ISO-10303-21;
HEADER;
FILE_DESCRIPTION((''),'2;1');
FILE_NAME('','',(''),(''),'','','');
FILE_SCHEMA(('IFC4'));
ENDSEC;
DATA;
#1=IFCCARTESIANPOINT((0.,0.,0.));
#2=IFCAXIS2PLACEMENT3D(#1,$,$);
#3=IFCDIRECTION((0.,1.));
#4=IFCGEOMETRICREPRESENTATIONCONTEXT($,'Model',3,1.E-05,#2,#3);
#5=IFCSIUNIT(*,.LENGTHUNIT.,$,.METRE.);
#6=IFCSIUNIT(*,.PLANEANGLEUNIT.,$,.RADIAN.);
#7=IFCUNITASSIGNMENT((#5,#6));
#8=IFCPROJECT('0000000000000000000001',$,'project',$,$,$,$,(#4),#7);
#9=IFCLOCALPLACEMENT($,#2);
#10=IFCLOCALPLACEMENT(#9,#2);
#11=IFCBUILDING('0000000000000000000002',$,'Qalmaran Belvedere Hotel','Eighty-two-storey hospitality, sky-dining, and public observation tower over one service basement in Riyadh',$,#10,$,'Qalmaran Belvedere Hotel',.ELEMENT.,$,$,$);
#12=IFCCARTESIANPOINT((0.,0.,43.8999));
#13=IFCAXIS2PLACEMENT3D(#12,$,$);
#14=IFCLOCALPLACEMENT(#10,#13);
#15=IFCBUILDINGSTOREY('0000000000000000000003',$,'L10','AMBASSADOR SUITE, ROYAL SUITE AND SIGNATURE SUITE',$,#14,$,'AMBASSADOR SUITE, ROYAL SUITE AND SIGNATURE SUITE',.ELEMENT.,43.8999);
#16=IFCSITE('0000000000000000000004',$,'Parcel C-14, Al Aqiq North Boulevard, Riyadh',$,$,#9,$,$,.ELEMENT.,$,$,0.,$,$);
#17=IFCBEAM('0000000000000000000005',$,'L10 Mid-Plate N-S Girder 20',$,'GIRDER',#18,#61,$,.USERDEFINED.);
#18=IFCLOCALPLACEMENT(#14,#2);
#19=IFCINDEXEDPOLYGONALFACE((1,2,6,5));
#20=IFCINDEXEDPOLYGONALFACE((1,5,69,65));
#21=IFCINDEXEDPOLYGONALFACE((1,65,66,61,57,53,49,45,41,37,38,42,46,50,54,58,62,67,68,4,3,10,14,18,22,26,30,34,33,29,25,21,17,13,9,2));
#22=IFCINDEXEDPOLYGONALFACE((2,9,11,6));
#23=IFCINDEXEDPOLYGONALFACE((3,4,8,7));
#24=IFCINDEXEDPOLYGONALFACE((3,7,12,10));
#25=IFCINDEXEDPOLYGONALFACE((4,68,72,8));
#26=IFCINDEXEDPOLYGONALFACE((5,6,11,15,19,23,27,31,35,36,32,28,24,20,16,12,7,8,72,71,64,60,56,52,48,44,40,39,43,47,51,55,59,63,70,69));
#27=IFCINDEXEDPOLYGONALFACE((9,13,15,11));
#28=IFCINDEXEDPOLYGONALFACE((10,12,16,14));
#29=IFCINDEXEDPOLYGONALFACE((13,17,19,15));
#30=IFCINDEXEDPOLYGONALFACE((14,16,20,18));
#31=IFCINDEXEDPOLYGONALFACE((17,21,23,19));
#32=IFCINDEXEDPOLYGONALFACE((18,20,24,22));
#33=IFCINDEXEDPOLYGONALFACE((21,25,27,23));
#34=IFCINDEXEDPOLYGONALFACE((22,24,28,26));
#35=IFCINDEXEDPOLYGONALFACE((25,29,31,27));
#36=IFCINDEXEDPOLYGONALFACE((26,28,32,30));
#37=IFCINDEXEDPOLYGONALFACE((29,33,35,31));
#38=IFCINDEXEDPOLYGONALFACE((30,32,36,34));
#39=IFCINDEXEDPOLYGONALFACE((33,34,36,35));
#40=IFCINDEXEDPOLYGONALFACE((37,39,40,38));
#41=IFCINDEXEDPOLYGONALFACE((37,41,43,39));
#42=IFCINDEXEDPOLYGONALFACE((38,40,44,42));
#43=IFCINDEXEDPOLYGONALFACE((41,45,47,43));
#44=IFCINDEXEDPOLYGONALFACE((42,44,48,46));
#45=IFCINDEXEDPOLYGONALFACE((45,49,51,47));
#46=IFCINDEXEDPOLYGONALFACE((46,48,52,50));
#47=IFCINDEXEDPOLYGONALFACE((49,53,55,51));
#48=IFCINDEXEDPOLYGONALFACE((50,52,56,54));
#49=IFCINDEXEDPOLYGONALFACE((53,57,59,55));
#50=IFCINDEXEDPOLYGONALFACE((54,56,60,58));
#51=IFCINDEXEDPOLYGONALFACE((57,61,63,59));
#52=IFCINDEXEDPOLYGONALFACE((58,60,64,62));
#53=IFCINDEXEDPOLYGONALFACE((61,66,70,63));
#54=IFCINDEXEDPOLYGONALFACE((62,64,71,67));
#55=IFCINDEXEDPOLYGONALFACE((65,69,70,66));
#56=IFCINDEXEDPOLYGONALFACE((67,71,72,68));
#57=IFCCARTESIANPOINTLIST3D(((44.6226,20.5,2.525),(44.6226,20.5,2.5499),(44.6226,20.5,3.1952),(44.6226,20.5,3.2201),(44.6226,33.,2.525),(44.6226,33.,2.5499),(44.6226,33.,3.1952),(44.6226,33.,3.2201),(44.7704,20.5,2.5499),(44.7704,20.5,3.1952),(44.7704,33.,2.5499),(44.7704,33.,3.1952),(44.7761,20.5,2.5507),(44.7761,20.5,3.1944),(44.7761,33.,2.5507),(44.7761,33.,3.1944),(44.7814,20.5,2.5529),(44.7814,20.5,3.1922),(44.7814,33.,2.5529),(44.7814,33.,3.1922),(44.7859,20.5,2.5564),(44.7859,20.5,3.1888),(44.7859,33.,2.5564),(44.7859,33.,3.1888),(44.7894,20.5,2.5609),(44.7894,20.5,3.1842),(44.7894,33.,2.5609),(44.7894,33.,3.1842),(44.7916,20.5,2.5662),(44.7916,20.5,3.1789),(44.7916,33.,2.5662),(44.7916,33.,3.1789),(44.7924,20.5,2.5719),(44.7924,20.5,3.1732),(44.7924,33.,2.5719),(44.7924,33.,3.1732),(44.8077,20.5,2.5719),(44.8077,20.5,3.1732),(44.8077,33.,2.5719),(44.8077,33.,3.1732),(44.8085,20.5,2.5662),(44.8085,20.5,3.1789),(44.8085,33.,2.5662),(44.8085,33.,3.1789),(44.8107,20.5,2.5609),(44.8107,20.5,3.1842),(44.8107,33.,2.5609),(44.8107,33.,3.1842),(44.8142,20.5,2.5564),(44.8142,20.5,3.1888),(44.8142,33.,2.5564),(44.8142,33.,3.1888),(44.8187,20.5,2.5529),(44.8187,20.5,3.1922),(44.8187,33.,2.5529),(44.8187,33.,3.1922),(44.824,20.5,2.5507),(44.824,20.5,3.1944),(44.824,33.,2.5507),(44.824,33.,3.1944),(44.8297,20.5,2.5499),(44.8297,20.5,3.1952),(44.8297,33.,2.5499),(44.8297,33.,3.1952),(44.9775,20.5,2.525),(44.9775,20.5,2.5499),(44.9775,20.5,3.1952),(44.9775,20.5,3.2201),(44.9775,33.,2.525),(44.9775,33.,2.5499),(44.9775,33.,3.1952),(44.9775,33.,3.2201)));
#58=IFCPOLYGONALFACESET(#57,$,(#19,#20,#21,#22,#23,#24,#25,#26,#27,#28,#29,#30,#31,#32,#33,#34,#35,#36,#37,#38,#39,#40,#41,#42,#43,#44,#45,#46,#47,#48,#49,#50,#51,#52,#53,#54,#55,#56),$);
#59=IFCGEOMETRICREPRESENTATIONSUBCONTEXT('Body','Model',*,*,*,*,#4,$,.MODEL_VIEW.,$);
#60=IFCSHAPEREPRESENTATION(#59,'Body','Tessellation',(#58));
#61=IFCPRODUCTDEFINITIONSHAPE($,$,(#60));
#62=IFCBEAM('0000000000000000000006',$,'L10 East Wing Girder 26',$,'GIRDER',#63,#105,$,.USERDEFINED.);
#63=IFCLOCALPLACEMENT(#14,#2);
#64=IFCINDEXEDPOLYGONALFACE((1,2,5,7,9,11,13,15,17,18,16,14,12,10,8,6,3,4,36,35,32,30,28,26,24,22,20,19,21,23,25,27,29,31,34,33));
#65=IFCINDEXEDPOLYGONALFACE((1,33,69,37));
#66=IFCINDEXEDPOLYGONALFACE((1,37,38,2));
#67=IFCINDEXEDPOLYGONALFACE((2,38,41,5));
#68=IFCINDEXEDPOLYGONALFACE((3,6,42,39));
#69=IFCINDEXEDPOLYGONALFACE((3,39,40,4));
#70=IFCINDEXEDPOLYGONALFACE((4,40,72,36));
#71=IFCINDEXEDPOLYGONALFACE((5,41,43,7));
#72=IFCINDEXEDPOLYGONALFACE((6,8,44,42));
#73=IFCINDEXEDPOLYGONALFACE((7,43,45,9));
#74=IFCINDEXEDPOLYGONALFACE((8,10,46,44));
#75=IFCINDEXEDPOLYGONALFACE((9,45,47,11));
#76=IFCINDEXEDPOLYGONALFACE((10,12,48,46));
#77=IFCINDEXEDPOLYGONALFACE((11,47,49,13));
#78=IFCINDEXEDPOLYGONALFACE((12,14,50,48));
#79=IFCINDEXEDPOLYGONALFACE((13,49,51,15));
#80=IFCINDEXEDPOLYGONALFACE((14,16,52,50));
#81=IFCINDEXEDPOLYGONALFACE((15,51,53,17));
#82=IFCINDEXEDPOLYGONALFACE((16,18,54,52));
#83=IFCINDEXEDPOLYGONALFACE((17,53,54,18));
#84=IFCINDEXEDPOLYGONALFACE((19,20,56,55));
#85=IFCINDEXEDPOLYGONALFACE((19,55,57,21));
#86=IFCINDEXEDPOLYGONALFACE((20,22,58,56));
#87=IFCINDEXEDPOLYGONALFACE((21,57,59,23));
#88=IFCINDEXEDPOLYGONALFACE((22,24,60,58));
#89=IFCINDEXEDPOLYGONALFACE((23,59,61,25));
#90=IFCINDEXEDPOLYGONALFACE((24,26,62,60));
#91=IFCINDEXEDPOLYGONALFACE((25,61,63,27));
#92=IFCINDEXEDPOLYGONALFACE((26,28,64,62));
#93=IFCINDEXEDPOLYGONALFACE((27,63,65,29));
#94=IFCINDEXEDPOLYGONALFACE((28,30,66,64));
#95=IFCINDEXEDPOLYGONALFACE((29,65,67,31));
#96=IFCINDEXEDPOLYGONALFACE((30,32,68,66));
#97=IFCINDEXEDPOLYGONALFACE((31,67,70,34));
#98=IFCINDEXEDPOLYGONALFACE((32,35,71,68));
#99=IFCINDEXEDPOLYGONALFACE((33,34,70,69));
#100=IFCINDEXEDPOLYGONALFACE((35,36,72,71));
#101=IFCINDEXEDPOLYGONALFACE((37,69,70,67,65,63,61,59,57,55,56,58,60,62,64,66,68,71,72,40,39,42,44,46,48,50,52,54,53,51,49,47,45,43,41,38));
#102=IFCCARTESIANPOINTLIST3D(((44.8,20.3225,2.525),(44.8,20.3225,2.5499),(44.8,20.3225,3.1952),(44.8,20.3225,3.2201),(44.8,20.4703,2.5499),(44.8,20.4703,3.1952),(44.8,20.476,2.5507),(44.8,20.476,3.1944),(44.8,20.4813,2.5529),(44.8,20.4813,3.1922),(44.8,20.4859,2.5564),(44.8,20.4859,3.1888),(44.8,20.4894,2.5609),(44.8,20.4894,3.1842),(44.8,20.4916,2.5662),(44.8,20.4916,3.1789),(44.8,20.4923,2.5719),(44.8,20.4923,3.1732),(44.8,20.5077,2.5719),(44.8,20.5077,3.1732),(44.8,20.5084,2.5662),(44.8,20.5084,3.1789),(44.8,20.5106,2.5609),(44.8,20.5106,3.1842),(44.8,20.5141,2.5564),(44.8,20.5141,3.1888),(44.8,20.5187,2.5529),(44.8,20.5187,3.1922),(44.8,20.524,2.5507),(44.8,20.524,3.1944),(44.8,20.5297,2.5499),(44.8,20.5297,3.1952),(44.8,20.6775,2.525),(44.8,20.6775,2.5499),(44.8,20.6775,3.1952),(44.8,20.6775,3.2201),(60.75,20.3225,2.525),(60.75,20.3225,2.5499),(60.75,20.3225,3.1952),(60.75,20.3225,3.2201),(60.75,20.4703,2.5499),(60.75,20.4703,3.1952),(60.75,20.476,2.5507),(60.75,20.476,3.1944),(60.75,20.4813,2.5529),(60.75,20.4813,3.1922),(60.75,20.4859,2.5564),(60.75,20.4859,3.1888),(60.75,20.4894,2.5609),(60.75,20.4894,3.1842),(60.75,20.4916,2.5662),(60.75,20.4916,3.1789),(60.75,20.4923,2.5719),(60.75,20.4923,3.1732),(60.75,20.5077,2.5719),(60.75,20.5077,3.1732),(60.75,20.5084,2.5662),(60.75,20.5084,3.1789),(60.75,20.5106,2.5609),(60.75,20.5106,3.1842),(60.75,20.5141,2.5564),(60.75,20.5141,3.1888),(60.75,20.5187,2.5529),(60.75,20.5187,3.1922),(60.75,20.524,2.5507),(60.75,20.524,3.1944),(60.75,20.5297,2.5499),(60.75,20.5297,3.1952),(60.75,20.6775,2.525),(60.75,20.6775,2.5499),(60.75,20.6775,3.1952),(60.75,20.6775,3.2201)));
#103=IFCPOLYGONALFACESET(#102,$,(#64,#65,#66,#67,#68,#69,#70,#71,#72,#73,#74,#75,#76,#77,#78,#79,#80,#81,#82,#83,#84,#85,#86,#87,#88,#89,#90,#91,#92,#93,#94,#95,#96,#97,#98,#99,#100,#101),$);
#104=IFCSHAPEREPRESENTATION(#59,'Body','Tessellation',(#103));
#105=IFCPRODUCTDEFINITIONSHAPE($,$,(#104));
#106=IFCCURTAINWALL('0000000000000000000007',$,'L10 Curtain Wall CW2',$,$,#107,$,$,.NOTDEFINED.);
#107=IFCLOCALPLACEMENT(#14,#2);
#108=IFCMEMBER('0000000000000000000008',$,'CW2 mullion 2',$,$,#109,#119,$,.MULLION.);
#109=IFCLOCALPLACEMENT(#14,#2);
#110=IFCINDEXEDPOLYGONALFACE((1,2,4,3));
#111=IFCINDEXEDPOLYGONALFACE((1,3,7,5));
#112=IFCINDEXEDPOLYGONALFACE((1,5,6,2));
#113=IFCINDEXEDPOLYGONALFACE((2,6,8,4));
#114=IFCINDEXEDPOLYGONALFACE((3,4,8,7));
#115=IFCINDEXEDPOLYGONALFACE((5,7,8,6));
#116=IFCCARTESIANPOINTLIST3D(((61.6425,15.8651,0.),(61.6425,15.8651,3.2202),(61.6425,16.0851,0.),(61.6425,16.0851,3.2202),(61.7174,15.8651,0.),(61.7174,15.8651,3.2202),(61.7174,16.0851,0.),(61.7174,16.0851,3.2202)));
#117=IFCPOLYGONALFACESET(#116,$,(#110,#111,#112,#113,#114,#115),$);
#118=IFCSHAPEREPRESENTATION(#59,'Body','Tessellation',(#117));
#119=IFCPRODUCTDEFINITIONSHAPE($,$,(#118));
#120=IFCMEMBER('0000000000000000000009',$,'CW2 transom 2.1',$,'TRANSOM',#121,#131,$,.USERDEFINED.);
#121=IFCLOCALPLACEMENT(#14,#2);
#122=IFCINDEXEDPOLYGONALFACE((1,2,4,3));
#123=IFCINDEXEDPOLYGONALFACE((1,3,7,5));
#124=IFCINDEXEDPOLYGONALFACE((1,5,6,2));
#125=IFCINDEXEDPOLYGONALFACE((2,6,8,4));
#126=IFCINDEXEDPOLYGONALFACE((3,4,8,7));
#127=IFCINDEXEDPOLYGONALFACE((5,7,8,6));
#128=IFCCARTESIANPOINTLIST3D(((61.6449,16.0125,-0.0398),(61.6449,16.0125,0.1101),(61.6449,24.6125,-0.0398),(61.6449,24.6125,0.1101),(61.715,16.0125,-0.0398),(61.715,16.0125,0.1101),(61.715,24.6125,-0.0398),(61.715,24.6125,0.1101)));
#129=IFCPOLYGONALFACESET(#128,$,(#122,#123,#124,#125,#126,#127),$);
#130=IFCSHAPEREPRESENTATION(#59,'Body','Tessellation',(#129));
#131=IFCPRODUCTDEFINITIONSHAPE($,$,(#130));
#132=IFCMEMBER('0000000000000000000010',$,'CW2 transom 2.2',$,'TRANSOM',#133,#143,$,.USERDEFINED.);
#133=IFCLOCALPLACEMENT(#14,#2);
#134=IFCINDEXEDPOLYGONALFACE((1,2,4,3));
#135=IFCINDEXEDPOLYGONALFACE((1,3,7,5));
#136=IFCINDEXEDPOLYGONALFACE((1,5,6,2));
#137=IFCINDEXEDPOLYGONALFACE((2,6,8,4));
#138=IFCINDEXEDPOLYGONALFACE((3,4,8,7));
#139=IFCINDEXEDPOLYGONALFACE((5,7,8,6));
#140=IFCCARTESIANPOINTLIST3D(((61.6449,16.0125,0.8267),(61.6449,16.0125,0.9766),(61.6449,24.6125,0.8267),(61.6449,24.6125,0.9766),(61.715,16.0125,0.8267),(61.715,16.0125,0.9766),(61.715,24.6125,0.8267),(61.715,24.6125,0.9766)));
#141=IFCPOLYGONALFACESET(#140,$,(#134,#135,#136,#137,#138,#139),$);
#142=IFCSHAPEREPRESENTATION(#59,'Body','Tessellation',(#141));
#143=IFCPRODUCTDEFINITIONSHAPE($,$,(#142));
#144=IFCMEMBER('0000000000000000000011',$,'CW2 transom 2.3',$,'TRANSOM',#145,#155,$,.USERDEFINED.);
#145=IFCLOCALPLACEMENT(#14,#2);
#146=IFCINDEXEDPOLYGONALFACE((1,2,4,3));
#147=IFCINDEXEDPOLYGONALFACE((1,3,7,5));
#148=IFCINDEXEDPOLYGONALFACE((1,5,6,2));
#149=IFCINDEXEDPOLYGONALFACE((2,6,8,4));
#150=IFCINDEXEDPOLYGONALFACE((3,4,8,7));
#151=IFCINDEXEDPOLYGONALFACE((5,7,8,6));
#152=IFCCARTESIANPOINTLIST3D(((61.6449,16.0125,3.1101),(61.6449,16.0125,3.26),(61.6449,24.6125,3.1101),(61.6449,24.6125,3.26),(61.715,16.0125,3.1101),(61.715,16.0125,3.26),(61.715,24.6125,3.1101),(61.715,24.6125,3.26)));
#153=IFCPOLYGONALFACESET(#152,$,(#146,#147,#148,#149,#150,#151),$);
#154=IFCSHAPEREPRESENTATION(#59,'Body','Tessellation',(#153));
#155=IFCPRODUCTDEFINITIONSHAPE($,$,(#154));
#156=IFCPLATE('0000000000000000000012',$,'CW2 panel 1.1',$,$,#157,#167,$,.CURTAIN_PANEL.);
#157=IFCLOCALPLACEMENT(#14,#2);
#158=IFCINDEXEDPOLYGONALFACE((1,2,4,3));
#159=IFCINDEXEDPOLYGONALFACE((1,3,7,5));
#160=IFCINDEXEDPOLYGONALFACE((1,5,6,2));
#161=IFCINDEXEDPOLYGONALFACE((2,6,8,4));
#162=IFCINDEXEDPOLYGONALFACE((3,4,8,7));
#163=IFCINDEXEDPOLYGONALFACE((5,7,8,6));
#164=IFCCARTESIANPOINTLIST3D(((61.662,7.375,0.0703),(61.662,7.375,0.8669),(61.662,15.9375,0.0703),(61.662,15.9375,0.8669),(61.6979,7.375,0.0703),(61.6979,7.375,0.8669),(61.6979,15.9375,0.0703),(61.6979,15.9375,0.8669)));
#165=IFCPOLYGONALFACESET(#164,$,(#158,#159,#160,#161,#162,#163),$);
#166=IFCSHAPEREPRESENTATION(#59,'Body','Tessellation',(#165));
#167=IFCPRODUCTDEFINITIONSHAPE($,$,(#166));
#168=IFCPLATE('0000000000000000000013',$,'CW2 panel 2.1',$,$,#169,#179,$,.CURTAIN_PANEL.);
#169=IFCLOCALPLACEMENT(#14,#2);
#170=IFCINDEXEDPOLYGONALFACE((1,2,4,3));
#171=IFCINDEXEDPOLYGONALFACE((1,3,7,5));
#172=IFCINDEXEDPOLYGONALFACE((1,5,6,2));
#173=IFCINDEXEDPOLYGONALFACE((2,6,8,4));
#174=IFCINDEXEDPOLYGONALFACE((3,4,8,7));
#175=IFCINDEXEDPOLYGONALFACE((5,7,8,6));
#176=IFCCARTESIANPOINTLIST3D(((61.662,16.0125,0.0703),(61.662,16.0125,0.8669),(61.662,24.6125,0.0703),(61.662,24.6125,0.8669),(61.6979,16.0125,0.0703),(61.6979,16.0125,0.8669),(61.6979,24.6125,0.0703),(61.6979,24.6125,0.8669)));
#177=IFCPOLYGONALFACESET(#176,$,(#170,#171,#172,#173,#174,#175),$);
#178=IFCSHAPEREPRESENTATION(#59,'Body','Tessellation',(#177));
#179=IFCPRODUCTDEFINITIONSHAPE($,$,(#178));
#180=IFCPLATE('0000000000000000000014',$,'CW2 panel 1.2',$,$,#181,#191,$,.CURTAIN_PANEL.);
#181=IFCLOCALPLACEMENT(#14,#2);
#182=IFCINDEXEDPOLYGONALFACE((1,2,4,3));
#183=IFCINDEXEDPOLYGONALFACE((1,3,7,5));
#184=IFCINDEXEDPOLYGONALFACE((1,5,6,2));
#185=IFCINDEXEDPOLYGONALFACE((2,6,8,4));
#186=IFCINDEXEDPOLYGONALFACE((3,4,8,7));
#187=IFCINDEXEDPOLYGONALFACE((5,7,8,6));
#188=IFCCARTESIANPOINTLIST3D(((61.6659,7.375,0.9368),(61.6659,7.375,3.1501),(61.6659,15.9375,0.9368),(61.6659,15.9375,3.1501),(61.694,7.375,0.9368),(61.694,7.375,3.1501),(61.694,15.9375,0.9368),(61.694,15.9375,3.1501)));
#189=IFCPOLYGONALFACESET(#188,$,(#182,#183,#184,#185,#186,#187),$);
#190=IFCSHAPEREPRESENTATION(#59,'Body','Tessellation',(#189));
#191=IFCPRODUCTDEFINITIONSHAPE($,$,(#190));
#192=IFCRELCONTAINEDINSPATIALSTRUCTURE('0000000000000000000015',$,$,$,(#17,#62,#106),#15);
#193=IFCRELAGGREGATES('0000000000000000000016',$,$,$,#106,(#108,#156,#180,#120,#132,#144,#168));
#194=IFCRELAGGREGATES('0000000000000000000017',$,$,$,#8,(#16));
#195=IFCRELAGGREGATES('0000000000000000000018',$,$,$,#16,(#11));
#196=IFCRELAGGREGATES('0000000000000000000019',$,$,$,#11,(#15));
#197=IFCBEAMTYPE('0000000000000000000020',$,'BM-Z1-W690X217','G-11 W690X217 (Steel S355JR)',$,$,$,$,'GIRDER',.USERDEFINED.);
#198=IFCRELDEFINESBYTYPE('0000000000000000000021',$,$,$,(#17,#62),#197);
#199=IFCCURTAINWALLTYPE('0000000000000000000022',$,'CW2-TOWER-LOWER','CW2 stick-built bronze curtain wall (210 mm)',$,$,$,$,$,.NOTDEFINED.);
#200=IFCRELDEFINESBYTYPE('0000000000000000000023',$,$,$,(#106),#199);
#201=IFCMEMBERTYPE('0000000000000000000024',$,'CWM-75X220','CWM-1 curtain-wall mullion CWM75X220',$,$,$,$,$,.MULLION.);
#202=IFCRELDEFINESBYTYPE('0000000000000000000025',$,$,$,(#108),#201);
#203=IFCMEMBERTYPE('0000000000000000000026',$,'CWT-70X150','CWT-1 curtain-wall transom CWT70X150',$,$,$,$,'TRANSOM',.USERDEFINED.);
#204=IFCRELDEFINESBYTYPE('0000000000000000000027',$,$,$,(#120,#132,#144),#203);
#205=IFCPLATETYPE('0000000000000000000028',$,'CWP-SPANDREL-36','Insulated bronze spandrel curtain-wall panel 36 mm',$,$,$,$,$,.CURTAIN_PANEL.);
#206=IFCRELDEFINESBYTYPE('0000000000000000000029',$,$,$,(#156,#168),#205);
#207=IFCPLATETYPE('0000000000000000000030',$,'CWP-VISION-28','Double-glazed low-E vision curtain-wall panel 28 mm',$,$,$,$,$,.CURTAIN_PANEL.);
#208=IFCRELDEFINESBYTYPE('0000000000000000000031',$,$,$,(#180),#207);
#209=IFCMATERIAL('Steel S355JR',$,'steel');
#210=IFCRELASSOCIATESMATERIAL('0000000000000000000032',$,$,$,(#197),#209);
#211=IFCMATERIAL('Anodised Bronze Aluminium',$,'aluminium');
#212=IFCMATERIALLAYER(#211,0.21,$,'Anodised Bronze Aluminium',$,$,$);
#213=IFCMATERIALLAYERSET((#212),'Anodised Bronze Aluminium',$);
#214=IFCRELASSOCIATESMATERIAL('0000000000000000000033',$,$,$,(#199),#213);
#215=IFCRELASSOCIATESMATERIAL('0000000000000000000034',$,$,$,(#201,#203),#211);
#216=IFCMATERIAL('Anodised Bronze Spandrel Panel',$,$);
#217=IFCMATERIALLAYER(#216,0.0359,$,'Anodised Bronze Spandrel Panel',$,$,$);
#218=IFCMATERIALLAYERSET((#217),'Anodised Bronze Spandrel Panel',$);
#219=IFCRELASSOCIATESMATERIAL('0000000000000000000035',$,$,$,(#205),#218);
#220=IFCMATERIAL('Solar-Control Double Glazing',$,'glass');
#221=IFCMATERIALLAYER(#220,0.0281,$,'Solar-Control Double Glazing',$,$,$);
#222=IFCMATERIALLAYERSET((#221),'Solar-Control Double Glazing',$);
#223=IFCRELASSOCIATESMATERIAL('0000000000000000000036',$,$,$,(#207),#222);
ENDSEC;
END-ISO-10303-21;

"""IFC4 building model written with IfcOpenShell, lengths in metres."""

from ifc_helpers import new_model, si_unit, direction, frame, origin, origin_2d, place, context, subcontext, project, spatial, rectangle, i_section, extrude, material, layer, layer_set, material_profile, profile_set, type_object, element, aggregate, save


model = new_model("IFC4")

# Units and contexts
model_context = context("Model", 3, precision=1e-05, world=origin(), true_north=direction((0.0, 1.0)))
body_context = subcontext(model_context, "Body", "Model", "MODEL_VIEW")
ifc_project = project(units=[si_unit("LENGTHUNIT", "METRE"), si_unit("PLANEANGLEUNIT", "RADIAN")], contexts=[model_context])

# Site, building, storey
site_placement = place(None, origin())
site = spatial("IfcSite", under=ifc_project, at=site_placement, Name="Parcel C-14, Al Aqiq North Boulevard, Riyadh", CompositionType="ELEMENT", RefElevation=0.0)
building_placement = place(site_placement, origin())
building = spatial("IfcBuilding", under=site, at=building_placement, Name="Qalmaran Belvedere Hotel", Description="Eighty-two-storey hospitality, sky-dining, and public observation tower over one service basement in Riyadh", LongName="Qalmaran Belvedere Hotel", CompositionType="ELEMENT")
storey_placement = place(building_placement, frame((0.0, 0.0, 43.8999)))
storey = spatial("IfcBuildingStorey", under=building, at=storey_placement, Name="L10", Description="AMBASSADOR SUITE, ROYAL SUITE AND SIGNATURE SUITE", LongName="AMBASSADOR SUITE, ROYAL SUITE AND SIGNATURE SUITE", CompositionType="ELEMENT", Elevation=43.8999)

# Beams
ifc_material_1 = material(Name="Steel S355JR", Category="steel")
ifc_material_profile_1 = material_profile(ifc_material_1, i_section(OverallWidth=0.355, OverallDepth=0.6951, WebThickness=0.0154, FlangeThickness=0.0249, FilletRadius=0.022, at=origin_2d()), Name="W690X217")
ifc_profile_set_1 = profile_set([ifc_material_profile_1], Name="Steel S355JR")
beam_type_1 = type_object("IfcBeamType", Name="BM-Z1-W690X217", Description="G-11 W690X217 (Steel S355JR)", ElementType="GIRDER", PredefinedType="USERDEFINED", material=ifc_profile_set_1)
beam_1_placement = place(storey_placement, frame((44.8, 20.5, 2.8726), z_axis=(0.0, 1.0, 0.0), x_axis=(-1.0, 0.0, 0.0)))
element("IfcBeam", 1, at=beam_1_placement, inside=storey, type_object=beam_type_1, Name="L10 Mid-Plate N-S Girder 20", ObjectType="GIRDER", PredefinedType="USERDEFINED", context=body_context, shape_type="SweptSolid", body=[
    extrude(i_section(OverallWidth=0.355, OverallDepth=0.6951, WebThickness=0.0154, FlangeThickness=0.0249, FilletRadius=0.022, at=origin_2d()), origin(), (0.0, 0.0, 1.0), 12.5),
])
beam_2_placement = place(storey_placement, frame((44.8, 20.5, 2.8726), z_axis=(1.0, 0.0, 0.0), x_axis=(0.0, 1.0, 0.0)))
element("IfcBeam", 2, at=beam_2_placement, inside=storey, type_object=beam_type_1, Name="L10 East Wing Girder 26", ObjectType="GIRDER", PredefinedType="USERDEFINED", context=body_context, shape_type="SweptSolid", body=[
    extrude(i_section(OverallWidth=0.355, OverallDepth=0.6951, WebThickness=0.0154, FlangeThickness=0.0249, FilletRadius=0.022, at=origin_2d()), origin(), (0.0, 0.0, 1.0), 15.95),
])

# Curtain wall, members, plates
ifc_material_2 = material(Name="Anodised Bronze Aluminium", Category="aluminium")
ifc_layer_1 = layer(ifc_material_2, 0.21, Name="Anodised Bronze Aluminium")
ifc_layer_set_1 = layer_set([ifc_layer_1], Name="Anodised Bronze Aluminium")
curtain_wall_type = type_object("IfcCurtainWallType", Name="CW2-TOWER-LOWER", Description="CW2 stick-built bronze curtain wall (210 mm)", PredefinedType="NOTDEFINED", material=ifc_layer_set_1)
curtain_wall_placement = place(storey_placement, origin())
curtain_wall = element("IfcCurtainWall", 3, at=curtain_wall_placement, inside=storey, type_object=curtain_wall_type, Name="L10 Curtain Wall CW2", PredefinedType="NOTDEFINED")
ifc_material_profile_2 = material_profile(ifc_material_2, rectangle(XDim=0.075, YDim=0.22, at=origin_2d()), Name="CWM75X220")
ifc_profile_set_2 = profile_set([ifc_material_profile_2], Name="Anodised Bronze Aluminium")
member_type_1 = type_object("IfcMemberType", Name="CWM-75X220", Description="CWM-1 curtain-wall mullion CWM75X220", PredefinedType="MULLION", material=ifc_profile_set_2)
member_1_placement = place(storey_placement, frame((61.6799, 15.9751, 0.0), z_axis=(0.0, 0.0, 1.0), x_axis=(-1.0, 0.0, 0.0)))
member_1 = element("IfcMember", 4, at=member_1_placement, type_object=member_type_1, Name="CW2 mullion 2", PredefinedType="MULLION", context=body_context, shape_type="SweptSolid", body=[
    extrude(rectangle(XDim=0.075, YDim=0.22, at=origin_2d()), origin(), (0.0, 0.0, 1.0), 3.2202),
])
ifc_material_profile_3 = material_profile(ifc_material_2, rectangle(XDim=0.0701, YDim=0.1499, at=origin_2d()), Name="CWT70X150")
ifc_profile_set_3 = profile_set([ifc_material_profile_3], Name="Anodised Bronze Aluminium")
member_type_2 = type_object("IfcMemberType", Name="CWT-70X150", Description="CWT-1 curtain-wall transom CWT70X150", ElementType="TRANSOM", PredefinedType="USERDEFINED", material=ifc_profile_set_3)
member_2_placement = place(storey_placement, frame((61.6799, 16.0125, 0.0352), z_axis=(0.0, 1.0, 0.0), x_axis=(-1.0, 0.0, 0.0)))
member_2 = element("IfcMember", 5, at=member_2_placement, type_object=member_type_2, Name="CW2 transom 2.1", ObjectType="TRANSOM", PredefinedType="USERDEFINED", context=body_context, shape_type="SweptSolid", body=[
    extrude(rectangle(XDim=0.0701, YDim=0.1499, at=origin_2d()), origin(), (0.0, 0.0, 1.0), 8.6001),
])
member_3_placement = place(storey_placement, frame((61.6799, 16.0125, 0.9016), z_axis=(0.0, 1.0, 0.0), x_axis=(-1.0, 0.0, 0.0)))
member_3 = element("IfcMember", 6, at=member_3_placement, type_object=member_type_2, Name="CW2 transom 2.2", ObjectType="TRANSOM", PredefinedType="USERDEFINED", context=body_context, shape_type="SweptSolid", body=[
    extrude(rectangle(XDim=0.0701, YDim=0.1499, at=origin_2d()), origin(), (0.0, 0.0, 1.0), 8.6001),
])
member_4_placement = place(storey_placement, frame((61.6799, 16.0125, 3.1851), z_axis=(0.0, 1.0, 0.0), x_axis=(-1.0, 0.0, 0.0)))
member_4 = element("IfcMember", 7, at=member_4_placement, type_object=member_type_2, Name="CW2 transom 2.3", ObjectType="TRANSOM", PredefinedType="USERDEFINED", context=body_context, shape_type="SweptSolid", body=[
    extrude(rectangle(XDim=0.0701, YDim=0.1499, at=origin_2d()), origin(), (0.0, 0.0, 1.0), 8.6001),
])
ifc_material_3 = material(Name="Anodised Bronze Spandrel Panel")
ifc_layer_2 = layer(ifc_material_3, 0.0359, Name="Anodised Bronze Spandrel Panel")
ifc_layer_set_2 = layer_set([ifc_layer_2], Name="Anodised Bronze Spandrel Panel")
plate_type_1 = type_object("IfcPlateType", Name="CWP-SPANDREL-36", Description="Insulated bronze spandrel curtain-wall panel 36 mm", PredefinedType="CURTAIN_PANEL", material=ifc_layer_set_2)
plate_1_placement = place(storey_placement, frame((61.6799, 11.6562, 0.0703), z_axis=(0.0, 0.0, 1.0), x_axis=(0.0, 1.0, 0.0)))
plate_1 = element("IfcPlate", 8, at=plate_1_placement, type_object=plate_type_1, Name="CW2 panel 1.1", PredefinedType="CURTAIN_PANEL", context=body_context, shape_type="SweptSolid", body=[
    extrude(rectangle(XDim=8.5625, YDim=0.0359, at=origin_2d()), origin(), (0.0, 0.0, 1.0), 0.7966),
])
plate_2_placement = place(storey_placement, frame((61.6799, 20.3125, 0.0703), z_axis=(0.0, 0.0, 1.0), x_axis=(0.0, 1.0, 0.0)))
plate_2 = element("IfcPlate", 9, at=plate_2_placement, type_object=plate_type_1, Name="CW2 panel 2.1", PredefinedType="CURTAIN_PANEL", context=body_context, shape_type="SweptSolid", body=[
    extrude(rectangle(XDim=8.6001, YDim=0.0359, at=origin_2d()), origin(), (0.0, 0.0, 1.0), 0.7966),
])
ifc_material_4 = material(Name="Solar-Control Double Glazing", Category="glass")
ifc_layer_3 = layer(ifc_material_4, 0.0281, Name="Solar-Control Double Glazing")
ifc_layer_set_3 = layer_set([ifc_layer_3], Name="Solar-Control Double Glazing")
plate_type_2 = type_object("IfcPlateType", Name="CWP-VISION-28", Description="Double-glazed low-E vision curtain-wall panel 28 mm", PredefinedType="CURTAIN_PANEL", material=ifc_layer_set_3)
plate_3_placement = place(storey_placement, frame((61.6799, 11.6562, 0.9368), z_axis=(0.0, 0.0, 1.0), x_axis=(0.0, 1.0, 0.0)))
plate_3 = element("IfcPlate", 10, at=plate_3_placement, type_object=plate_type_2, Name="CW2 panel 1.2", PredefinedType="CURTAIN_PANEL", context=body_context, shape_type="SweptSolid", body=[
    extrude(rectangle(XDim=8.5625, YDim=0.0281, at=origin_2d()), origin(), (0.0, 0.0, 1.0), 2.2134),
])
aggregate(curtain_wall, [member_1, plate_1, plate_3, member_2, member_3, member_4, plate_2])

save(model, "model.ifc")
